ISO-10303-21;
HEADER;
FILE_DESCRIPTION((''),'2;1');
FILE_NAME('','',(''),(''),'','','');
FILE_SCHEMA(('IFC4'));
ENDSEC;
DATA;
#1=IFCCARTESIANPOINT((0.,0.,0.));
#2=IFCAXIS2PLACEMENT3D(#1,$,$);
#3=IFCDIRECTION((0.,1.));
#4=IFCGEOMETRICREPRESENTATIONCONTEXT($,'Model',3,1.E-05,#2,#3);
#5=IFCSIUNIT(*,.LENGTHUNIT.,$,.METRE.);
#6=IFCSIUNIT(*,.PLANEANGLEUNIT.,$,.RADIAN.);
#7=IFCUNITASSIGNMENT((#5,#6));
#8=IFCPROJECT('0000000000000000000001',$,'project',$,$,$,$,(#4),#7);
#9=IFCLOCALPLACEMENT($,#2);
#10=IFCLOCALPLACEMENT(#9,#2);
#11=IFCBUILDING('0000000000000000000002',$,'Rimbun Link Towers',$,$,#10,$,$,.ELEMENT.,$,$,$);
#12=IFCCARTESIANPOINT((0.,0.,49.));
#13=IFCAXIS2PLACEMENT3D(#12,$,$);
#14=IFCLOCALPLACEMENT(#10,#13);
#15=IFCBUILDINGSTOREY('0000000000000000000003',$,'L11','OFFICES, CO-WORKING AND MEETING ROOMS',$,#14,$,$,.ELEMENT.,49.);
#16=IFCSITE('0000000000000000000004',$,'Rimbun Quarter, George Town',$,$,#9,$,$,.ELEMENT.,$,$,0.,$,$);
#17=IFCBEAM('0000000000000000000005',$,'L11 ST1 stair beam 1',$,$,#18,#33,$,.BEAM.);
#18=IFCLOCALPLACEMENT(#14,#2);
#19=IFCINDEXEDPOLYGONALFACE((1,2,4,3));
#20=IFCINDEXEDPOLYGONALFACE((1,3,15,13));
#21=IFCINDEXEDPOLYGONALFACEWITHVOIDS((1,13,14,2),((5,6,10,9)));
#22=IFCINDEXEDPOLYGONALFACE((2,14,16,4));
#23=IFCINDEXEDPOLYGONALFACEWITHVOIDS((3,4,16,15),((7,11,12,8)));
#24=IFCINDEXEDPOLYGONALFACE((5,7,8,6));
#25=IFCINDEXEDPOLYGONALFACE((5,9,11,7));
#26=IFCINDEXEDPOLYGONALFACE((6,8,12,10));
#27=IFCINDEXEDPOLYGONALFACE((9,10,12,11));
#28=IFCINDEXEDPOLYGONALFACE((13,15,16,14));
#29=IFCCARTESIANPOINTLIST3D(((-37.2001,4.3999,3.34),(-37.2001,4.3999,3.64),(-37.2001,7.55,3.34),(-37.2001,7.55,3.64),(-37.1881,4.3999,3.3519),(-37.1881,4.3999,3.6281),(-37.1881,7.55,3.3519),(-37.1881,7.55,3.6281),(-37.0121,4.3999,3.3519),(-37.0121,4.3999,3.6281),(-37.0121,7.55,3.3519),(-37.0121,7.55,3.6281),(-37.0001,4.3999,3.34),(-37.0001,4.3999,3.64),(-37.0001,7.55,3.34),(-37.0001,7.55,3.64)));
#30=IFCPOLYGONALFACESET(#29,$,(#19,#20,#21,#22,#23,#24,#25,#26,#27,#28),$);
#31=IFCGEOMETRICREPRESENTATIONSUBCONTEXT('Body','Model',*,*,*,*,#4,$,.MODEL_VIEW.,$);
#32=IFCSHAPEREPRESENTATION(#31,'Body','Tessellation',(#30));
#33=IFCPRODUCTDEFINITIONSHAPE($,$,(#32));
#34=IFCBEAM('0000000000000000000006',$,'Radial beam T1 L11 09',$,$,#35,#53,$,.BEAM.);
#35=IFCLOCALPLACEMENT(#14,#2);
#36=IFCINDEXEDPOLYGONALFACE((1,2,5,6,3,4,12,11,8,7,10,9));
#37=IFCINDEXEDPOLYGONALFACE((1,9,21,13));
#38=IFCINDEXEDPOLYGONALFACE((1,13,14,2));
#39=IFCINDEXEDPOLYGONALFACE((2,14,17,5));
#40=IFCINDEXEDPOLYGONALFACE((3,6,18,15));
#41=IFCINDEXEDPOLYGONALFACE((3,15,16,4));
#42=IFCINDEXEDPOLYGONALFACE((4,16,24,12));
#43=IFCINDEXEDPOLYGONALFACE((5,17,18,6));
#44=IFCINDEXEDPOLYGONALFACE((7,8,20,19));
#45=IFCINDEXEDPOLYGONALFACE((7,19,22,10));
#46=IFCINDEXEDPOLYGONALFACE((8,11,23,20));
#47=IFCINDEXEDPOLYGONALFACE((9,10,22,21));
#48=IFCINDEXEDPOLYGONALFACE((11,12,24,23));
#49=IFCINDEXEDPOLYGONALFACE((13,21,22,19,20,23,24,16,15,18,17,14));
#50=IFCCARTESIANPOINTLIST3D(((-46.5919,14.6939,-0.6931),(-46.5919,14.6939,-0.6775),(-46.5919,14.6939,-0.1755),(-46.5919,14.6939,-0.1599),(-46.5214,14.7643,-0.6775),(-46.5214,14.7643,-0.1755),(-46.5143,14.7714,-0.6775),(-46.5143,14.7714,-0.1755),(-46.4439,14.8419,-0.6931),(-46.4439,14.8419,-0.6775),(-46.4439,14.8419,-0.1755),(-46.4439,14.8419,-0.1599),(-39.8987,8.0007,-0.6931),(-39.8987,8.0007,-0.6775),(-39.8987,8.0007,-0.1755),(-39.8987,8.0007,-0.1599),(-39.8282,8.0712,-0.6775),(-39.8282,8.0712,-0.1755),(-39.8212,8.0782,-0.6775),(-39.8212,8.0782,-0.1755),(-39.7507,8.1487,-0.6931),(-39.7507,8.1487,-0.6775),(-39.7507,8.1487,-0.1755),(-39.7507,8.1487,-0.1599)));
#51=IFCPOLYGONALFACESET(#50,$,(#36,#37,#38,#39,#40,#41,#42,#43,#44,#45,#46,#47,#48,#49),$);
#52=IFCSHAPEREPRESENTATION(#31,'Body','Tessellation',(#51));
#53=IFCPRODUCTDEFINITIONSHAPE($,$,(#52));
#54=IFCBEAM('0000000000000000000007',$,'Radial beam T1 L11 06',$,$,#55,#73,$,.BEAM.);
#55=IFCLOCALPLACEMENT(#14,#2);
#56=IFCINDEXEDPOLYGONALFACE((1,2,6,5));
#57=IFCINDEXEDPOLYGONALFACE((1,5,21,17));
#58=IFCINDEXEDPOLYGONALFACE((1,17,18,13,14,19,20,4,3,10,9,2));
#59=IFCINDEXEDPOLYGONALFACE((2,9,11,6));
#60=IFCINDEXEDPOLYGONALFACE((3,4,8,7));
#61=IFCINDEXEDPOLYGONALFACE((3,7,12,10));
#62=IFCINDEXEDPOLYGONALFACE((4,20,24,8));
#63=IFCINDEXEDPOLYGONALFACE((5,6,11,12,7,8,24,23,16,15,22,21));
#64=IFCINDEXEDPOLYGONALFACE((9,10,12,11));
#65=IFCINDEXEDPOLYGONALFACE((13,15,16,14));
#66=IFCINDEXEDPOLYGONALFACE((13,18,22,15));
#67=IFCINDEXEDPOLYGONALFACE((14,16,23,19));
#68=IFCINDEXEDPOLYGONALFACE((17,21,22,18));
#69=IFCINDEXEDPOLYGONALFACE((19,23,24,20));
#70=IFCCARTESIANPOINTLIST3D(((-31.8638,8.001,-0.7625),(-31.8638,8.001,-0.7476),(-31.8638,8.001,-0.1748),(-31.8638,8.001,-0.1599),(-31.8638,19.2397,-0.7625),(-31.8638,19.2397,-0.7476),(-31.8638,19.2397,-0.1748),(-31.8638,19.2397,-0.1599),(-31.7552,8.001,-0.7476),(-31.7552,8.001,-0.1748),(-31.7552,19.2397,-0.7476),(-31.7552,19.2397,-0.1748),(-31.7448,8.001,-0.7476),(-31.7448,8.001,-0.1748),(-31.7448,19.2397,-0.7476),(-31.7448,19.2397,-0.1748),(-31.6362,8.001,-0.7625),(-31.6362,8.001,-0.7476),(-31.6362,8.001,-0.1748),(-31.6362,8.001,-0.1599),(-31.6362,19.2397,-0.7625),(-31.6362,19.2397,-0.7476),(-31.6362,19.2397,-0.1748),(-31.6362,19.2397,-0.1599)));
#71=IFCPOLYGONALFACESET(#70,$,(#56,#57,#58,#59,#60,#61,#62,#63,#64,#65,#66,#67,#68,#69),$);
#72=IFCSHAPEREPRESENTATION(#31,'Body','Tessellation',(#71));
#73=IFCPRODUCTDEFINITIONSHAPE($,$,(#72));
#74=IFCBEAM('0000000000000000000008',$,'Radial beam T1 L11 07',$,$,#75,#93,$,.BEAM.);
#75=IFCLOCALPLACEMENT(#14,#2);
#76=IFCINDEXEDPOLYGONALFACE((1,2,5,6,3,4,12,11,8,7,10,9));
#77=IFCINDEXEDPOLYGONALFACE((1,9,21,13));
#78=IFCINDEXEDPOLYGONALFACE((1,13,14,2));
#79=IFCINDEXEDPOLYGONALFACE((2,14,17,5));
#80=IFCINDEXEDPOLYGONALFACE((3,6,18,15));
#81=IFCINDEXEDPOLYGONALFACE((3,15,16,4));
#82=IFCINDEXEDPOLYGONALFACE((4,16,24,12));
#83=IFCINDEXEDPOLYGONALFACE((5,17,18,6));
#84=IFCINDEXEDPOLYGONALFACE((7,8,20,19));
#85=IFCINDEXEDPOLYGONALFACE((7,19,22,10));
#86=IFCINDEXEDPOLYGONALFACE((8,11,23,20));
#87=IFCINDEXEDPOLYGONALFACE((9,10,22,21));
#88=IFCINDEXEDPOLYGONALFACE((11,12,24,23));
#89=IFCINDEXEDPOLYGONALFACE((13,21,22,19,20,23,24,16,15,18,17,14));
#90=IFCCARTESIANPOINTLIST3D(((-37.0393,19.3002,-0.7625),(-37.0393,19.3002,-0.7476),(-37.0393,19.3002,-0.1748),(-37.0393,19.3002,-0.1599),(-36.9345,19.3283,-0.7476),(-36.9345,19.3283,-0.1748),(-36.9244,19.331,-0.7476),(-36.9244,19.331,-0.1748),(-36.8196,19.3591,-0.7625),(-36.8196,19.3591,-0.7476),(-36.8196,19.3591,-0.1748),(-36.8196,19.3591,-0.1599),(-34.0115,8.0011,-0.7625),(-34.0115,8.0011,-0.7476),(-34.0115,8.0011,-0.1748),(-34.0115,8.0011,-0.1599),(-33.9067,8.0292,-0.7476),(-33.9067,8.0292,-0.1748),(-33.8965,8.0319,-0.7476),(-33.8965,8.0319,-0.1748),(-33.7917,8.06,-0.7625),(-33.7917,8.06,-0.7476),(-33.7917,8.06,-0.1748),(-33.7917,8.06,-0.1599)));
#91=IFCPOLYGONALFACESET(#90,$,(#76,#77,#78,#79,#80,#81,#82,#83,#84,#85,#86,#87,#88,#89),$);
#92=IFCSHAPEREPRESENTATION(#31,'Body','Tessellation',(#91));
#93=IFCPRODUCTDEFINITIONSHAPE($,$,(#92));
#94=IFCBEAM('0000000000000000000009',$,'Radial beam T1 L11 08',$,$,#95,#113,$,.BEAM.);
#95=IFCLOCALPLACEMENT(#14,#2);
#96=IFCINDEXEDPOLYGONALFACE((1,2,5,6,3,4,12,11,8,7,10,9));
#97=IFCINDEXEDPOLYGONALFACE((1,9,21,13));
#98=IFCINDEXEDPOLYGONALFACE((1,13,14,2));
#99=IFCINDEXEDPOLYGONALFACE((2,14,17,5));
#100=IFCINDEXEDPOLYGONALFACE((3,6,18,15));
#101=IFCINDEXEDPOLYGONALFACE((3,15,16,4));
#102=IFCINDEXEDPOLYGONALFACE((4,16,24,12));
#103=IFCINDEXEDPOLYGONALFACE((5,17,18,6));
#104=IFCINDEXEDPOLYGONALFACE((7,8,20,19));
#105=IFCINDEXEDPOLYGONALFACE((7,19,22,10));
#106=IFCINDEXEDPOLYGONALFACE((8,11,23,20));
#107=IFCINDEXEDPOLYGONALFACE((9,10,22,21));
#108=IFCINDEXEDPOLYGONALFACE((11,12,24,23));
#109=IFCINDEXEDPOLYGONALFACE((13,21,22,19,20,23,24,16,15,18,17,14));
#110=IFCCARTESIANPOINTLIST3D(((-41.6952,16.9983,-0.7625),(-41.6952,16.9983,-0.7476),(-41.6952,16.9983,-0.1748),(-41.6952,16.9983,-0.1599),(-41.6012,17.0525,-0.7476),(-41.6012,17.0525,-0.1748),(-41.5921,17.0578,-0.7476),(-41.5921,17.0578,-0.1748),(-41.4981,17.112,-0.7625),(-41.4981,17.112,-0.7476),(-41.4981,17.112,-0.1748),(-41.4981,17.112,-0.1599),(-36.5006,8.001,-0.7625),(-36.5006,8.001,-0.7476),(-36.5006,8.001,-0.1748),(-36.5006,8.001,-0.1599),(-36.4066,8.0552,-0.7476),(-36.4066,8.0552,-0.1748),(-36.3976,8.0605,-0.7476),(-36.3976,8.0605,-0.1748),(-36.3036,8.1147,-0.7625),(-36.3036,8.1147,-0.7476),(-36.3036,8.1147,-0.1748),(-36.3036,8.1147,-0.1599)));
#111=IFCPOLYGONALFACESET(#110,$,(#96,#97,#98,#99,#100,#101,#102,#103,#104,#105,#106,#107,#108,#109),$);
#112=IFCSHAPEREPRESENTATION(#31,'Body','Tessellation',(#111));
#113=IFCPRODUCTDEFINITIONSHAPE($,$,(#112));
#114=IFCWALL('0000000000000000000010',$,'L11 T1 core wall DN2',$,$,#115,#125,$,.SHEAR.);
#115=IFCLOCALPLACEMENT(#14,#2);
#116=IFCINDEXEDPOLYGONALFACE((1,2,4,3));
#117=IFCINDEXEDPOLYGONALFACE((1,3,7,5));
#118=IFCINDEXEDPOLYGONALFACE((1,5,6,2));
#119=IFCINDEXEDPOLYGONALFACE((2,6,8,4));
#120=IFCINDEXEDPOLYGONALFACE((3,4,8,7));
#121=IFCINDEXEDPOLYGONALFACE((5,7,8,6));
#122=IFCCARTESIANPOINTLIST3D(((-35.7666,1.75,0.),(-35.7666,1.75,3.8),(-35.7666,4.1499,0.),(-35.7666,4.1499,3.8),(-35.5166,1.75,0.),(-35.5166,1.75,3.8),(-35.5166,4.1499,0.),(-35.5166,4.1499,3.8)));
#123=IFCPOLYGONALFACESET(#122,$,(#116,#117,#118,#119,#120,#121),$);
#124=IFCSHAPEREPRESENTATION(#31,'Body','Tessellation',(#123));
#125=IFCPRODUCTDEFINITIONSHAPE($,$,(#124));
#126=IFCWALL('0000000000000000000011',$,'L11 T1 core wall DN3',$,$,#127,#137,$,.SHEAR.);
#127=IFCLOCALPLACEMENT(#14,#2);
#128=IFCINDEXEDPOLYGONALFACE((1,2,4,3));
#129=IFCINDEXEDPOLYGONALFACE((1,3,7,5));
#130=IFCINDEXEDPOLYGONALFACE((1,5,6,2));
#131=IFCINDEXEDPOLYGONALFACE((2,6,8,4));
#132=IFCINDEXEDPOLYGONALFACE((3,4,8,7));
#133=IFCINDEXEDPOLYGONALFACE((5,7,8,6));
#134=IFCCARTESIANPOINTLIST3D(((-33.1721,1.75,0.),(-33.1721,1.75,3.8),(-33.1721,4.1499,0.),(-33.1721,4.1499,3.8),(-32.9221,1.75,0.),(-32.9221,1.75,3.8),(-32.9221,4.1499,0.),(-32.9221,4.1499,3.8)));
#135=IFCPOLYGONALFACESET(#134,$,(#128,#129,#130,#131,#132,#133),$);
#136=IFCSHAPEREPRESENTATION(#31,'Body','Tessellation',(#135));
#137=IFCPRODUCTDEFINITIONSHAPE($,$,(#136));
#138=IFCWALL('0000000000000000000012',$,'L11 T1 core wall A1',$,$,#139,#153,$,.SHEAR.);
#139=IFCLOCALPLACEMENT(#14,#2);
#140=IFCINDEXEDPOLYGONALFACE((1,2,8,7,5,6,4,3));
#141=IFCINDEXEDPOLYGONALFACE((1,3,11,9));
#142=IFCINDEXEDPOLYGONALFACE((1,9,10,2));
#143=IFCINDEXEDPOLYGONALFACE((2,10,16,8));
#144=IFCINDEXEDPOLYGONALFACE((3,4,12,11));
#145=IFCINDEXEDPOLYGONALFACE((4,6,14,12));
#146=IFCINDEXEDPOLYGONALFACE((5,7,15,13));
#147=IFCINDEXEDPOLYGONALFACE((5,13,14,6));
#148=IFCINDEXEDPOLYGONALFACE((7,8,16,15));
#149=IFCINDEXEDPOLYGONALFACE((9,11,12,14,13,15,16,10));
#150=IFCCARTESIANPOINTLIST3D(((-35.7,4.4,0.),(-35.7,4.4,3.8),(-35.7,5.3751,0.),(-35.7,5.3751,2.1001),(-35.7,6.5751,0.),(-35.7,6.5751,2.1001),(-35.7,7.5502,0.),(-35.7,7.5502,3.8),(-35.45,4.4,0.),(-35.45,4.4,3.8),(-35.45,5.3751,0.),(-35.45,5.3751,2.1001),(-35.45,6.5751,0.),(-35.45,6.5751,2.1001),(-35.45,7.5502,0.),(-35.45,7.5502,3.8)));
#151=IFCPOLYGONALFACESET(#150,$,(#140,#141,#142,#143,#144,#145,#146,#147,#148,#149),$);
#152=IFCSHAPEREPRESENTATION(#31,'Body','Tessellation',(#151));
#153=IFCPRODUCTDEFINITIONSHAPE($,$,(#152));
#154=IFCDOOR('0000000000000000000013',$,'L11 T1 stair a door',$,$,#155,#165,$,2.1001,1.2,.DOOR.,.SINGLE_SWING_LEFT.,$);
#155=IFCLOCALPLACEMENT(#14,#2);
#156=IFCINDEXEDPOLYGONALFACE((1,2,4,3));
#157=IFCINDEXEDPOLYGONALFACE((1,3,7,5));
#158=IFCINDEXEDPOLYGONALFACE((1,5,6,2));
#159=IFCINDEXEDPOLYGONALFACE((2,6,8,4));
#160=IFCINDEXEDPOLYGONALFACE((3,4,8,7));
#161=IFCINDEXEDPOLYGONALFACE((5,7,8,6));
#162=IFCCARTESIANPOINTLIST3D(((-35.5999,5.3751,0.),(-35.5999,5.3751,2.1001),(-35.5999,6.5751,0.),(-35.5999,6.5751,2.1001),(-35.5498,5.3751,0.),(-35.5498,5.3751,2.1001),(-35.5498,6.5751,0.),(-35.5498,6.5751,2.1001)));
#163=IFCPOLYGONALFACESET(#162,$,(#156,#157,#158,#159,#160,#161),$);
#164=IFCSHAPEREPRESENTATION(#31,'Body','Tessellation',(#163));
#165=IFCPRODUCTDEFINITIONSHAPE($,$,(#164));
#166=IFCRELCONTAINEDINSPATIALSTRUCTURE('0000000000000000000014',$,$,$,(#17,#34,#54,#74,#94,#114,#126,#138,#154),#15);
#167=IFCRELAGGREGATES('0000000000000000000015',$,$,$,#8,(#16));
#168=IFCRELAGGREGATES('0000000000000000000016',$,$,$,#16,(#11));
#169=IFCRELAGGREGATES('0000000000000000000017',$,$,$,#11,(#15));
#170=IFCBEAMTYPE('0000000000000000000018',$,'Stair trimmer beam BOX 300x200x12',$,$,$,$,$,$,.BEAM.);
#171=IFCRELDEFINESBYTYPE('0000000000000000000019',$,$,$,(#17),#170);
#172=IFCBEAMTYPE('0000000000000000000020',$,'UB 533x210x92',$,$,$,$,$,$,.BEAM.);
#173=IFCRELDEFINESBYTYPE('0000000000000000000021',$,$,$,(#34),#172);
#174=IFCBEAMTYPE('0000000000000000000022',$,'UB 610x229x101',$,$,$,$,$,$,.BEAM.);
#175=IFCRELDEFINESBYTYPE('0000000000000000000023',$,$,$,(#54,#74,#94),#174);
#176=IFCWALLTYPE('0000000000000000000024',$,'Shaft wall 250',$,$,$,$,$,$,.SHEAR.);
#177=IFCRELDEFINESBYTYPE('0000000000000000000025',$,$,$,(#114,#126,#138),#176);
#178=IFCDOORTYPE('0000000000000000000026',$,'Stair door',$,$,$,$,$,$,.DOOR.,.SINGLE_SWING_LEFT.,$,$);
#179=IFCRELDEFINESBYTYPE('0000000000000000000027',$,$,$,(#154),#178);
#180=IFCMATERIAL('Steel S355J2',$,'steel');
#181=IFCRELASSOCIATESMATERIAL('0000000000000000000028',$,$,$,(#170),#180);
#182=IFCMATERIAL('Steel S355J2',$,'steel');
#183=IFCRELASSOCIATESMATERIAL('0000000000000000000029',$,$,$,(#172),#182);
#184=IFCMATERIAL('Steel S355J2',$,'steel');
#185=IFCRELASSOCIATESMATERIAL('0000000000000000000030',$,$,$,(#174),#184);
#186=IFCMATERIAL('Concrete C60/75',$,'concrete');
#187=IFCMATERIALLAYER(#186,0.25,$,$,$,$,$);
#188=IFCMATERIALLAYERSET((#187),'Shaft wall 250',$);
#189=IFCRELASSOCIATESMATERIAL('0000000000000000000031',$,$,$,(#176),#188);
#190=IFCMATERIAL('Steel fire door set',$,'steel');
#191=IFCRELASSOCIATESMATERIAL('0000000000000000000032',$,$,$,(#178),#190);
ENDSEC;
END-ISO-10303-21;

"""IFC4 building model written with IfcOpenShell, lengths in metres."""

from ifc_helpers import new_model, si_unit, direction, frame, frame_2d, origin, origin_2d, place, context, subcontext, project, spatial, rectangle, hollow_rectangle, i_section, extrude, material, layer, layer_set, material_profile, profile_set, type_object, element, fill, save


model = new_model("IFC4")

# Units and contexts
model_context = context("Model", 3, precision=1e-05, world=origin(), true_north=direction((0.0, 1.0)))
body_context = subcontext(model_context, "Body", "Model", "MODEL_VIEW")
ifc_project = project(units=[si_unit("LENGTHUNIT", "METRE"), si_unit("PLANEANGLEUNIT", "RADIAN")], contexts=[model_context])

# Site, building, storey
site_placement = place(None, origin())
site = spatial("IfcSite", under=ifc_project, at=site_placement, Name="Rimbun Quarter, George Town", CompositionType="ELEMENT", RefElevation=0.0)
building_placement = place(site_placement, origin())
building = spatial("IfcBuilding", under=site, at=building_placement, Name="Rimbun Link Towers", CompositionType="ELEMENT")
storey_placement = place(building_placement, frame((0.0, 0.0, 49.0)))
storey = spatial("IfcBuildingStorey", under=building, at=storey_placement, Name="L11", Description="OFFICES, CO-WORKING AND MEETING ROOMS", CompositionType="ELEMENT", Elevation=49.0)

# Beams
ifc_material_1 = material(Name="Steel S355J2", Category="steel")
ifc_material_profile_1 = material_profile(ifc_material_1, hollow_rectangle(XDim=0.2, YDim=0.3, WallThickness=0.012, at=origin_2d()), Name="BOX 300x200x12")
ifc_profile_set_1 = profile_set([ifc_material_profile_1], Name="Steel S355J2")
beam_type_1 = type_object("IfcBeamType", Name="Stair trimmer beam BOX 300x200x12", PredefinedType="BEAM", material=ifc_profile_set_1)
beam_1_placement = place(storey_placement, frame((-37.1001, 7.55, 3.49), z_axis=(0.0, -1.0, 0.0), x_axis=(1.0, 0.0, 0.0)))
element("IfcBeam", 1, at=beam_1_placement, inside=storey, type_object=beam_type_1, Name="L11 ST1 stair beam 1", PredefinedType="BEAM", context=body_context, shape_type="SweptSolid", body=[
    extrude(hollow_rectangle(XDim=0.2, YDim=0.3, WallThickness=0.012, at=origin_2d()), origin(), (0.0, 0.0, 1.0), 3.1501),
])
ifc_material_2 = material(Name="Steel S355J2", Category="steel")
ifc_material_profile_2 = material_profile(ifc_material_2, i_section(OverallWidth=0.2092, OverallDepth=0.5332, WebThickness=0.01, FlangeThickness=0.0156, at=origin_2d()), Name="UB 533x210x92")
ifc_profile_set_2 = profile_set([ifc_material_profile_2], Name="Steel S355J2")
beam_type_2 = type_object("IfcBeamType", Name="UB 533x210x92", PredefinedType="BEAM", material=ifc_profile_set_2)
beam_2_placement = place(storey_placement, frame((-39.8247, 8.0747, -0.4265), z_axis=(-0.707107, 0.707107, 0.0), x_axis=(-0.707107, -0.707107, 0.0)))
element("IfcBeam", 2, at=beam_2_placement, inside=storey, type_object=beam_type_2, Name="Radial beam T1 L11 09", PredefinedType="BEAM", context=body_context, shape_type="SweptSolid", body=[
    extrude(i_section(OverallWidth=0.2092, OverallDepth=0.5332, WebThickness=0.01, FlangeThickness=0.0156, at=origin_2d()), origin(), (0.0, 0.0, 1.0), 9.4656),
])
ifc_material_3 = material(Name="Steel S355J2", Category="steel")
ifc_material_profile_3 = material_profile(ifc_material_3, i_section(OverallWidth=0.2275, OverallDepth=0.6025, WebThickness=0.0105, FlangeThickness=0.0149, at=origin_2d()), Name="UB 610x229x101")
ifc_profile_set_3 = profile_set([ifc_material_profile_3], Name="Steel S355J2")
beam_type_3 = type_object("IfcBeamType", Name="UB 610x229x101", PredefinedType="BEAM", material=ifc_profile_set_3)
beam_3_placement = place(storey_placement, frame((-31.75, 8.001, -0.4612), z_axis=(0.0, 1.0, 0.0), x_axis=(-1.0, 0.0, 0.0)))
element("IfcBeam", 3, at=beam_3_placement, inside=storey, type_object=beam_type_3, Name="Radial beam T1 L11 06", PredefinedType="BEAM", context=body_context, shape_type="SweptSolid", body=[
    extrude(i_section(OverallWidth=0.2275, OverallDepth=0.6025, WebThickness=0.0105, FlangeThickness=0.0149, at=origin_2d()), origin(), (0.0, 0.0, 1.0), 11.2388),
])
beam_4_placement = place(storey_placement, frame((-33.9016, 8.0305, -0.4612), z_axis=(-0.258839, 0.96592, 0.0), x_axis=(-0.96592, -0.258839, 0.0)))
element("IfcBeam", 4, at=beam_4_placement, inside=storey, type_object=beam_type_3, Name="Radial beam T1 L11 07", PredefinedType="BEAM", context=body_context, shape_type="SweptSolid", body=[
    extrude(i_section(OverallWidth=0.2275, OverallDepth=0.6025, WebThickness=0.0105, FlangeThickness=0.0149, at=origin_2d()), origin(), (0.0, 0.0, 1.0), 11.6978),
])
beam_5_placement = place(storey_placement, frame((-36.4021, 8.0579, -0.4612), z_axis=(-0.499998, 0.866026, 0.0), x_axis=(-0.866026, -0.499998, 0.0)))
element("IfcBeam", 5, at=beam_5_placement, inside=storey, type_object=beam_type_3, Name="Radial beam T1 L11 08", PredefinedType="BEAM", context=body_context, shape_type="SweptSolid", body=[
    extrude(i_section(OverallWidth=0.2275, OverallDepth=0.6025, WebThickness=0.0105, FlangeThickness=0.0149, at=origin_2d()), origin(), (0.0, 0.0, 1.0), 10.3892),
])

# Walls
ifc_material_4 = material(Name="Concrete C60/75", Category="concrete")
ifc_layer_1 = layer(ifc_material_4, 0.25)
ifc_layer_set_1 = layer_set([ifc_layer_1], Name="Shaft wall 250")
wall_type_1 = type_object("IfcWallType", Name="Shaft wall 250", PredefinedType="SHEAR", material=ifc_layer_set_1)
for number, where, z_axis, x_axis, name in (
    (6, (-35.6416, 1.75, 0.0), (0.0, 0.0, 1.0), (0.0, 1.0, 0.0), "L11 T1 core wall DN2"),
    (7, (-33.0471, 1.75, 0.0), (0.0, 0.0, 1.0), (0.0, 1.0, 0.0), "L11 T1 core wall DN3"),
):
    element("IfcWall", number, at=place(storey_placement, frame(where, z_axis=z_axis, x_axis=x_axis)), inside=storey, type_object=wall_type_1, Name=name, PredefinedType="SHEAR", context=body_context, shape_type="SweptSolid", body=[
        extrude(rectangle(XDim=2.3999, YDim=0.25, at=frame_2d((1.2, 0.0))), origin(), (0.0, 0.0, 1.0), 3.8),
    ])

# Wall, opening, door
wall_1_placement = place(storey_placement, frame((-35.575, 4.3999, 0.0), z_axis=(0.0, 0.0, 1.0), x_axis=(0.0, 1.0, 0.0)))
wall_1 = element("IfcWall", 8, at=wall_1_placement, inside=storey, type_object=wall_type_1, Name="L11 T1 core wall A1", PredefinedType="SHEAR", context=body_context, shape_type="SweptSolid", body=[
    extrude(rectangle(XDim=3.1501, YDim=0.25, at=frame_2d((1.5752, 0.0))), origin(), (0.0, 0.0, 1.0), 3.8),
])
opening_1_placement = place(wall_1_placement, frame((0.9751, 0.0, 0.0)))
opening_1 = element("IfcOpeningElement", 9, at=opening_1_placement, cuts=wall_1, PredefinedType="OPENING", context=body_context, shape_type="SweptSolid", body=[
    extrude(rectangle(XDim=1.2, YDim=2.1001, at=frame_2d((0.6001, 1.05))), frame((0.0, 0.135, 0.0), z_axis=(0.0, -1.0, 0.0), x_axis=(1.0, 0.0, 0.0)), (0.0, 0.0, 1.0), 0.27),
])
ifc_material_5 = material(Name="Steel fire door set", Category="steel")
door_type_1 = type_object("IfcDoorType", Name="Stair door", OperationType="SINGLE_SWING_LEFT", PredefinedType="DOOR", material=ifc_material_5)
door_1_placement = place(opening_1_placement, origin())
door_1 = element("IfcDoor", 10, at=door_1_placement, inside=storey, type_object=door_type_1, Name="L11 T1 stair a door", OperationType="SINGLE_SWING_LEFT", OverallHeight=2.1001, OverallWidth=1.2, PredefinedType="DOOR", context=body_context, shape_type="SweptSolid", body=[
    extrude(rectangle(XDim=1.2, YDim=2.1001, at=frame_2d((0.6001, 1.05))), frame((0.0, 0.0249, 0.0), z_axis=(0.0, -1.0, 0.0), x_axis=(1.0, 0.0, 0.0)), (0.0, 0.0, 1.0), 0.05),
])
fill(opening_1, door_1)

save(model, "model.ifc")
